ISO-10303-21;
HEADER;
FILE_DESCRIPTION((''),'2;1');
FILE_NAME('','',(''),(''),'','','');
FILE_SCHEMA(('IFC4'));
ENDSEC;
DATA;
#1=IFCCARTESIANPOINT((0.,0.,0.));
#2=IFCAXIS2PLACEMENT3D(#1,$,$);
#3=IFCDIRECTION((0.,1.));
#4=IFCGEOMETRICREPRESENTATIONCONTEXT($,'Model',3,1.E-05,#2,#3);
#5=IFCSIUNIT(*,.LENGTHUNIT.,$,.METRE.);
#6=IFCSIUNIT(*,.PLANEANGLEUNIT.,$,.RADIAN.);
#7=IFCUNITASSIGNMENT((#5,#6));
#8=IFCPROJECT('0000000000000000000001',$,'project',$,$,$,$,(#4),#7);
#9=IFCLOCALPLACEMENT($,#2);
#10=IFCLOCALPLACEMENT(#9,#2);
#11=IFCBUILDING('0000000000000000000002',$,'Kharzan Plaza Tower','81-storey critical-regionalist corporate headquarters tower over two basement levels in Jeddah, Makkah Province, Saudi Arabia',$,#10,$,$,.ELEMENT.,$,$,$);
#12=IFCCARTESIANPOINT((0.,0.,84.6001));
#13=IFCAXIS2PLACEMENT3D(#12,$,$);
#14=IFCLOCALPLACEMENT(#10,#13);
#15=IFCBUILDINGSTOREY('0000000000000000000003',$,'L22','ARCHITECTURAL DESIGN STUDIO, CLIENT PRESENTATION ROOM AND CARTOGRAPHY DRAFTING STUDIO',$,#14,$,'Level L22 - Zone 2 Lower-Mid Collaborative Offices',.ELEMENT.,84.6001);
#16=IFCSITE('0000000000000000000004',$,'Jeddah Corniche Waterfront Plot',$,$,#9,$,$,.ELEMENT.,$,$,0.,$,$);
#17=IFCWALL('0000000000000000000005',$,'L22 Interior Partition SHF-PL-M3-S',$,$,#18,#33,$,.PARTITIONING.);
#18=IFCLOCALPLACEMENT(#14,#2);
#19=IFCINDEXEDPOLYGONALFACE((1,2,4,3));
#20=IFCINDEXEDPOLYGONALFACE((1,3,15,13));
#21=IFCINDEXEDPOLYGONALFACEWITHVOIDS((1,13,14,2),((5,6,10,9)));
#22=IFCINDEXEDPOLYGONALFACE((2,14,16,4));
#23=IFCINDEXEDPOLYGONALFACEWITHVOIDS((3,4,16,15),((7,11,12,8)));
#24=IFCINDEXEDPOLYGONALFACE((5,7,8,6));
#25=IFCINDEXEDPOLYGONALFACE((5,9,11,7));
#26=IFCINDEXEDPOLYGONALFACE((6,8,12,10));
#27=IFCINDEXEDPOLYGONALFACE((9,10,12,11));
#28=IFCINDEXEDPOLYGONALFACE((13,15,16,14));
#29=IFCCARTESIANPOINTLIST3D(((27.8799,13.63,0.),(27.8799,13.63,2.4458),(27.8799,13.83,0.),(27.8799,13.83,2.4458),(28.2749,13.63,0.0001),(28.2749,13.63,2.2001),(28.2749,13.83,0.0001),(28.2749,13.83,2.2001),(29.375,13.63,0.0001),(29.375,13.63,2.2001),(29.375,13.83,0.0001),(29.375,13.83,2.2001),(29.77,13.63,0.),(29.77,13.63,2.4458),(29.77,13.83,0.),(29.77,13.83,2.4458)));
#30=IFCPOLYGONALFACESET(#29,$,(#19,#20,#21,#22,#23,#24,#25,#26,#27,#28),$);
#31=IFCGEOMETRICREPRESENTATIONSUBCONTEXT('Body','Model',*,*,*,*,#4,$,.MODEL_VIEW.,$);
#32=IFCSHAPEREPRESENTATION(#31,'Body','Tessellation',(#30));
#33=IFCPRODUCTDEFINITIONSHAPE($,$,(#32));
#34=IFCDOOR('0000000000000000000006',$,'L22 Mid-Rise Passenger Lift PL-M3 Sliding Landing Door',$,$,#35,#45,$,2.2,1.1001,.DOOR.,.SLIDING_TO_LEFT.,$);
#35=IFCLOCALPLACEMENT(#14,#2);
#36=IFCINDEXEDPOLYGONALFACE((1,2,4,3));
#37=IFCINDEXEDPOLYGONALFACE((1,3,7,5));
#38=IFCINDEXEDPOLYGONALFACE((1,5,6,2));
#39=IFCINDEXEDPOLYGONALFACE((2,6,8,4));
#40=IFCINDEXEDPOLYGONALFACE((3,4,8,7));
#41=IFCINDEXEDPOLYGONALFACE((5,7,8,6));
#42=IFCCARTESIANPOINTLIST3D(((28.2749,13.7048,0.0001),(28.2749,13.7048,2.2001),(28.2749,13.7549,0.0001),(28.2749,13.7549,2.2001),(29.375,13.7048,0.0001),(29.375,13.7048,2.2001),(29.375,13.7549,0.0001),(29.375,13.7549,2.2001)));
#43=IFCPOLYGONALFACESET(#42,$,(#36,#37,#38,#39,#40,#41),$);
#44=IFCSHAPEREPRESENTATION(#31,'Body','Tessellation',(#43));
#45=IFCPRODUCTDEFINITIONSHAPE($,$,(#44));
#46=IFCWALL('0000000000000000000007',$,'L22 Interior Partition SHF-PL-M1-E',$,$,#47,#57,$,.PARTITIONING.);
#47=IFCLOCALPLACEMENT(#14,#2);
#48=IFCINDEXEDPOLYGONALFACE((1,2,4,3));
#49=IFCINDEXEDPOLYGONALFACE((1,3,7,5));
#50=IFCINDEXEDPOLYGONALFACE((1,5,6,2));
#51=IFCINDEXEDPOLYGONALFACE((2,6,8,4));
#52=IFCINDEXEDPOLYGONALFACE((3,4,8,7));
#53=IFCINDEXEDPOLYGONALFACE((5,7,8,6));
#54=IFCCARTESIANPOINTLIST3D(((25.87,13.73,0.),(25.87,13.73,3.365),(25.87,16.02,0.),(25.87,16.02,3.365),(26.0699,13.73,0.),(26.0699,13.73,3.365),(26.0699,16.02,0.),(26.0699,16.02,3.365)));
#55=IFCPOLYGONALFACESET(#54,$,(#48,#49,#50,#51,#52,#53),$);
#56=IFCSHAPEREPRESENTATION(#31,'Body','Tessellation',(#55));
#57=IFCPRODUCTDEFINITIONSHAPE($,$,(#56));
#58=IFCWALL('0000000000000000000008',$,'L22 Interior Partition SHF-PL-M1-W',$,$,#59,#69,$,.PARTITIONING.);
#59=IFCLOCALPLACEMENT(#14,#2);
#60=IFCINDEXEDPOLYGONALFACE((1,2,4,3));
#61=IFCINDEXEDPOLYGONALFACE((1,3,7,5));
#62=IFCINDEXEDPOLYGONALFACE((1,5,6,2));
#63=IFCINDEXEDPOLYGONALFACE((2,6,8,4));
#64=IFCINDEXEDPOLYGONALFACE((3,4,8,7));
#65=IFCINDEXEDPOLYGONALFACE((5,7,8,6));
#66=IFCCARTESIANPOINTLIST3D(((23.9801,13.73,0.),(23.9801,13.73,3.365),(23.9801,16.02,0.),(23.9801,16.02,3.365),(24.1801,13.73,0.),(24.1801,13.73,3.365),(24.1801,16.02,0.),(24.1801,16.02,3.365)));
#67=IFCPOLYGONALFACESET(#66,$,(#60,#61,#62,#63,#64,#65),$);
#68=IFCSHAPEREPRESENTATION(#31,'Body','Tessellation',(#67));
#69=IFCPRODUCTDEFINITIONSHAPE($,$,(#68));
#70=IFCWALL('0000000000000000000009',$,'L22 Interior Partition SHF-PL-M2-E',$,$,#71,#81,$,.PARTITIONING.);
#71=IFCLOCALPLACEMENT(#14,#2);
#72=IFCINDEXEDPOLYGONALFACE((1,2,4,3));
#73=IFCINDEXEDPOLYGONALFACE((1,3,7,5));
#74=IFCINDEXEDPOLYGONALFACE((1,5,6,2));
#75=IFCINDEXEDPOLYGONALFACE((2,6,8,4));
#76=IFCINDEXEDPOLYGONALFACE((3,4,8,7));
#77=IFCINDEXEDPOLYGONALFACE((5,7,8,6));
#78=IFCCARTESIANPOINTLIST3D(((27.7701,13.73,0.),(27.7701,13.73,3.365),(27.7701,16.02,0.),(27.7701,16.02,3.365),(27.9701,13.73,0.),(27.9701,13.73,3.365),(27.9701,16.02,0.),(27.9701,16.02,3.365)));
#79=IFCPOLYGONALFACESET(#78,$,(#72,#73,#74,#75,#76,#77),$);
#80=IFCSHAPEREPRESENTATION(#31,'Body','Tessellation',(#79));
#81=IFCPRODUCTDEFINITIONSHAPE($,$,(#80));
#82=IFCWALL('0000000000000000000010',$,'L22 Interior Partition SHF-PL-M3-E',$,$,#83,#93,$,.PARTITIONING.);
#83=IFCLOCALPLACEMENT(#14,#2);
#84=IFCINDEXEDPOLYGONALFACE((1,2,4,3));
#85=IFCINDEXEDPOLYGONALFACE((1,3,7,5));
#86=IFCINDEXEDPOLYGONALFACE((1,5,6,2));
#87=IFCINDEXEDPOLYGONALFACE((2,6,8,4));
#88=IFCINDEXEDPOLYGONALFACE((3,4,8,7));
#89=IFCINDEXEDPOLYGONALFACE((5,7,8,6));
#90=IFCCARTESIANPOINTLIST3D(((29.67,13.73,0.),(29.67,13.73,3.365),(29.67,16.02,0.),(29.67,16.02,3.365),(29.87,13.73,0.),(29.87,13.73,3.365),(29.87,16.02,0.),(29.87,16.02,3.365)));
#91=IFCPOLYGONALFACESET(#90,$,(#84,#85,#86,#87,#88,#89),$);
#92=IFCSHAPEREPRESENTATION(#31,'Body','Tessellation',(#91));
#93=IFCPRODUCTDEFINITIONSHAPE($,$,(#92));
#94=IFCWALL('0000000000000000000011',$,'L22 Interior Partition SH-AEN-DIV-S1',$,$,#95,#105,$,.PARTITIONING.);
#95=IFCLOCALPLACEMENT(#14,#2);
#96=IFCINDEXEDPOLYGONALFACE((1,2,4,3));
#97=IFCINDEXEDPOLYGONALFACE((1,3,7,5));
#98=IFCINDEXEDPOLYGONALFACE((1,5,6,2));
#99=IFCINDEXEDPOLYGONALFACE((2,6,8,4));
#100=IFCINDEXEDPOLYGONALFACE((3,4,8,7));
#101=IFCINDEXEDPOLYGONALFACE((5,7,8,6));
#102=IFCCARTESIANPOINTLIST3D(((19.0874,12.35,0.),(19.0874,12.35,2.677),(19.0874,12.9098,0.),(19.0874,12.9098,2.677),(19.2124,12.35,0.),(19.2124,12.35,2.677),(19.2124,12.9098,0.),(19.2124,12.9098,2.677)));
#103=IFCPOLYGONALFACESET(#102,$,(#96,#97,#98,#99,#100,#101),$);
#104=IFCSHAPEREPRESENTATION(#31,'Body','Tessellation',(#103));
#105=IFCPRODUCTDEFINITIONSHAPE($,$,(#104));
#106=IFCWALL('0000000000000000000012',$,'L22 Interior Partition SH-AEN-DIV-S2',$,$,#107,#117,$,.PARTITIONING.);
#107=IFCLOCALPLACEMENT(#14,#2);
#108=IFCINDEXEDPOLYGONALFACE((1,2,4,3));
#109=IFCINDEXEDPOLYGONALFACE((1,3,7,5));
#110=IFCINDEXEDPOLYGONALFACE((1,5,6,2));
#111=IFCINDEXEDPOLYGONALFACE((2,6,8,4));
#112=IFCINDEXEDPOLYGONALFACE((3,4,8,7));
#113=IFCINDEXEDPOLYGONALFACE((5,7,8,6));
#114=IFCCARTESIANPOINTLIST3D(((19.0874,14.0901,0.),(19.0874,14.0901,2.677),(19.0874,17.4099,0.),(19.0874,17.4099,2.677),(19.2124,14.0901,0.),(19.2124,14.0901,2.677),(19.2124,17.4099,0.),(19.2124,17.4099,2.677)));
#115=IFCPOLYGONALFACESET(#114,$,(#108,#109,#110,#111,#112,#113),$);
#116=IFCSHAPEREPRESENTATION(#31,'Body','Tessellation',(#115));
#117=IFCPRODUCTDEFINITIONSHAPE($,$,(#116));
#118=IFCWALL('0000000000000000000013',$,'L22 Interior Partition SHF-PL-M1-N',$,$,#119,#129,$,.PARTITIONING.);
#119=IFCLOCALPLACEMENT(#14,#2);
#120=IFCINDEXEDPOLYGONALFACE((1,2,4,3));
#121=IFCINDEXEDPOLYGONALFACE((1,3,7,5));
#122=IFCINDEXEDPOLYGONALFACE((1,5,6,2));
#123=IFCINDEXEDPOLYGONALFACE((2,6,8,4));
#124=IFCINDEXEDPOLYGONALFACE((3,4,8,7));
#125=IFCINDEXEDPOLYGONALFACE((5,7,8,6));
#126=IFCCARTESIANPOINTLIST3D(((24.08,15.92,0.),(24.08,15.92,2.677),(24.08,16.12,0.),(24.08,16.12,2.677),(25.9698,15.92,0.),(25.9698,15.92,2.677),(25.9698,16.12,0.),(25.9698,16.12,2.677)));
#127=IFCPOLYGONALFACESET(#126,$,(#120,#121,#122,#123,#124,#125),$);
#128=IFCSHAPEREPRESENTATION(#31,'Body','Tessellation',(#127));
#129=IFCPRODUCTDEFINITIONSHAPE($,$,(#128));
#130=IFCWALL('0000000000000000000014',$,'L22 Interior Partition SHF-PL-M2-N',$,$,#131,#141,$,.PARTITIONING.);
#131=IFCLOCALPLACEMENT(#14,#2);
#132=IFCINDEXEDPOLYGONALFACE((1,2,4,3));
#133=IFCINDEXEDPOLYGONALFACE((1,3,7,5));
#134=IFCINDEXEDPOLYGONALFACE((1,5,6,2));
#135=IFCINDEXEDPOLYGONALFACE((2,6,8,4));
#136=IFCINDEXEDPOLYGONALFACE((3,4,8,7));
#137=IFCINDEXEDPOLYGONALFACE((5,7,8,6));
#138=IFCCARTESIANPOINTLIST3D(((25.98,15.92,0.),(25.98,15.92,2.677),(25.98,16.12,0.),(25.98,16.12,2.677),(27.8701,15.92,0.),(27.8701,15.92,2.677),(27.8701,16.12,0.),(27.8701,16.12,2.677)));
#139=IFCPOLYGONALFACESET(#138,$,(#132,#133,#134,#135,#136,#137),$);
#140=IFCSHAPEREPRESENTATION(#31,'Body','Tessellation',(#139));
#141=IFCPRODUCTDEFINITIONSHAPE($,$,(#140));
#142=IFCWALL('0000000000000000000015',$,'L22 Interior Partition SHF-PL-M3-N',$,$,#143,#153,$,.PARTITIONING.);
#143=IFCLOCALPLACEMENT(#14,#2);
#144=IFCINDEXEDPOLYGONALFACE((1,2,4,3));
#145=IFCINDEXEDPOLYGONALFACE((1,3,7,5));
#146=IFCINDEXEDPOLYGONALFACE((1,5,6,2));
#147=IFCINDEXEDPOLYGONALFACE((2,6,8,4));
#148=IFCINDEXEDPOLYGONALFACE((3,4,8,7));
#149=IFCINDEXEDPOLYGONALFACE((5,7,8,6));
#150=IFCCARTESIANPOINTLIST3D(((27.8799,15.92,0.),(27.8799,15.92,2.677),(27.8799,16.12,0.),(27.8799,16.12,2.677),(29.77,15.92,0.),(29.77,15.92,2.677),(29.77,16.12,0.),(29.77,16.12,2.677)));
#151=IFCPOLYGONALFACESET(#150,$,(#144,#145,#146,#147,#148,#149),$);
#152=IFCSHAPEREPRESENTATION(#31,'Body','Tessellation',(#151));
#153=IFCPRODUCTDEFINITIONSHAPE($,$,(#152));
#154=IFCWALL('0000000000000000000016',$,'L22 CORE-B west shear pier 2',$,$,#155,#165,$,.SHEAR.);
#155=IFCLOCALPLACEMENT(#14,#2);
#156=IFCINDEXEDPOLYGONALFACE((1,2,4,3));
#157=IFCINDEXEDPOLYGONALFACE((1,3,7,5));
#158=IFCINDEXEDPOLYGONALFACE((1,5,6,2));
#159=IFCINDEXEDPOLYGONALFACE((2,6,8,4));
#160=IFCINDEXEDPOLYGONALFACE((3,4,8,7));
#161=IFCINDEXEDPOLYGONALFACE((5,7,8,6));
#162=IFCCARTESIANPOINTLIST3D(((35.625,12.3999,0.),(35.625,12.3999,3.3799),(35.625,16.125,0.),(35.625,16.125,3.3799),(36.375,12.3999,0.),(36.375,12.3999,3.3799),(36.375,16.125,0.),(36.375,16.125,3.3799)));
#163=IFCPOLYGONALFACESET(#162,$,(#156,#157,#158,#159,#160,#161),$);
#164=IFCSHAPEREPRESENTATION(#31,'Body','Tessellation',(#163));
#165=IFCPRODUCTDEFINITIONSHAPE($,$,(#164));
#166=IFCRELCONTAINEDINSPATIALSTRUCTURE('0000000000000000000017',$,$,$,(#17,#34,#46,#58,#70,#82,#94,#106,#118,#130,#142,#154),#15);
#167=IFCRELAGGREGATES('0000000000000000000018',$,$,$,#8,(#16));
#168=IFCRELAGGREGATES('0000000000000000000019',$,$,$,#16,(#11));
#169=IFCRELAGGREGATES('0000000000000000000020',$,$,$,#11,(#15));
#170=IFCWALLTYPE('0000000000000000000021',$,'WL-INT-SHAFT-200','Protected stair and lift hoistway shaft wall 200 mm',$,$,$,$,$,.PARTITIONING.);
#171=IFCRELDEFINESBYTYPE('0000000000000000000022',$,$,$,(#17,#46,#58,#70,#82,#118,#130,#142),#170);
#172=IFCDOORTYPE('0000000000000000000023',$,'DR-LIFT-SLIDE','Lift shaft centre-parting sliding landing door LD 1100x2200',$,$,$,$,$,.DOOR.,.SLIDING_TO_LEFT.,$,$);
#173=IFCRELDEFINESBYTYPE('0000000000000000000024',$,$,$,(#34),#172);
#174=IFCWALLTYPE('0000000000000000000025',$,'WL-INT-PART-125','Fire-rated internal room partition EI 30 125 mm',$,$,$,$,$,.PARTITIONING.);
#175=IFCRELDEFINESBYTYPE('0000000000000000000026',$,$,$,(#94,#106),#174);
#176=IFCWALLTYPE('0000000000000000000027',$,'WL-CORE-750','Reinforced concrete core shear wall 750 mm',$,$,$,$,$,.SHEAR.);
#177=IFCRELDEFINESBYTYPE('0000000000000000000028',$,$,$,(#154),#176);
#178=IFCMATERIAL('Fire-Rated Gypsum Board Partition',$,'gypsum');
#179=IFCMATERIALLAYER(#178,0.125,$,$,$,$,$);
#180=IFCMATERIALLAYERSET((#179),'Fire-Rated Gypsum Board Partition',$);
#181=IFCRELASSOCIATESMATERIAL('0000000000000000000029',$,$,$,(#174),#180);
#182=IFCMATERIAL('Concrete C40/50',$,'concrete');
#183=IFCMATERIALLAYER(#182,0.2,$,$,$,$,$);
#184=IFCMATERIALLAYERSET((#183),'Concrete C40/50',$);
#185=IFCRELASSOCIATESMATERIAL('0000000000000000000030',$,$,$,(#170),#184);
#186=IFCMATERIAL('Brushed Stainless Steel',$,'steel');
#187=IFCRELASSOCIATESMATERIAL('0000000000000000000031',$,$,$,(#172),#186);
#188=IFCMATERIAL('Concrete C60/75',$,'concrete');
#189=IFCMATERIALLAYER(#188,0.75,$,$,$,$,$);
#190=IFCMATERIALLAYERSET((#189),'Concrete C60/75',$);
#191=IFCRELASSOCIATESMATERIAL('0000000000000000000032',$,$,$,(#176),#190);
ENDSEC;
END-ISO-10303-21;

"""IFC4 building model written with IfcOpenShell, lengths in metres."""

from ifc_helpers import new_model, si_unit, direction, frame, frame_2d, origin, place, context, subcontext, project, spatial, rectangle, extrude, source, transform, mapped, material, layer, layer_set, type_object, element, fill, save


model = new_model("IFC4")

# Units and contexts
model_context = context("Model", 3, precision=1e-05, world=origin(), true_north=direction((0.0, 1.0)))
body_context = subcontext(model_context, "Body", "Model", "MODEL_VIEW")
ifc_project = project(units=[si_unit("LENGTHUNIT", "METRE"), si_unit("PLANEANGLEUNIT", "RADIAN")], contexts=[model_context])

# Site, building, storey
site_placement = place(None, origin())
site = spatial("IfcSite", under=ifc_project, at=site_placement, Name="Jeddah Corniche Waterfront Plot", CompositionType="ELEMENT", RefElevation=0.0)
building_placement = place(site_placement, origin())
building = spatial("IfcBuilding", under=site, at=building_placement, Name="Kharzan Plaza Tower", Description="81-storey critical-regionalist corporate headquarters tower over two basement levels in Jeddah, Makkah Province, Saudi Arabia", CompositionType="ELEMENT")
storey_placement = place(building_placement, frame((0.0, 0.0, 84.6001)))
storey = spatial("IfcBuildingStorey", under=building, at=storey_placement, Name="L22", Description="ARCHITECTURAL DESIGN STUDIO, CLIENT PRESENTATION ROOM AND CARTOGRAPHY DRAFTING STUDIO", LongName="Level L22 - Zone 2 Lower-Mid Collaborative Offices", CompositionType="ELEMENT", Elevation=84.6001)

# Shared definitions
ifc_material_1 = material(Name="Concrete C60/75", Category="concrete")

# Wall, opening, door
ifc_material_2 = material(Name="Fire-Rated Gypsum Board Partition", Category="gypsum")
ifc_layer_1 = layer(ifc_material_2, 0.125)
ifc_layer_set_1 = layer_set([ifc_layer_1], Name="Fire-Rated Gypsum Board Partition")
wall_type_1 = type_object("IfcWallType", Name="WL-INT-PART-125", Description="Fire-rated internal room partition EI 30 125 mm", PredefinedType="PARTITIONING", material=ifc_layer_set_1)
ifc_material_3 = material(Name="Concrete C40/50", Category="concrete")
ifc_layer_2 = layer(ifc_material_3, 0.2)
ifc_layer_set_2 = layer_set([ifc_layer_2], Name="Concrete C40/50")
wall_type_2 = type_object("IfcWallType", Name="WL-INT-SHAFT-200", Description="Protected stair and lift hoistway shaft wall 200 mm", PredefinedType="PARTITIONING", material=ifc_layer_set_2)
ifc_material_4 = material(Name="Brushed Stainless Steel", Category="steel")
door_type_1 = type_object("IfcDoorType", Name="DR-LIFT-SLIDE", Description="Lift shaft centre-parting sliding landing door LD 1100x2200", OperationType="SLIDING_TO_LEFT", PredefinedType="DOOR", material=ifc_material_4)
shared_shape_1 = source(origin(), body_context, "Body", "SweptSolid", [
    extrude(rectangle(XDim=1.1001, YDim=2.2, at=frame_2d((0.55, 1.1001))), frame((0.0, 0.0249, 0.0), z_axis=(0.0, -1.0, 0.0), x_axis=(1.0, 0.0, 0.0)), (0.0, 0.0, 1.0), 0.05),
])
wall_1_placement = place(storey_placement, frame((27.8799, 13.73, 0.0), z_axis=(0.0, 0.0, 1.0), x_axis=(1.0, 0.0, 0.0)))
wall_1 = element("IfcWall", 1, at=wall_1_placement, inside=storey, type_object=wall_type_2, Name="L22 Interior Partition SHF-PL-M3-S", PredefinedType="PARTITIONING", context=body_context, shape_type="SweptSolid", body=[
    extrude(rectangle(XDim=1.8901, YDim=0.2, at=frame_2d((0.9451, 0.0))), origin(), (0.0, 0.0, 1.0), 2.4458),
])
opening_1_placement = place(wall_1_placement, frame((0.395, 0.0, 0.0)))
opening_1 = element("IfcOpeningElement", 2, at=opening_1_placement, cuts=wall_1, PredefinedType="OPENING", context=body_context, shape_type="SweptSolid", body=[
    extrude(rectangle(XDim=1.1001, YDim=2.2, at=frame_2d((0.55, 1.1001))), frame((0.0, 0.1099, 0.0), z_axis=(0.0, -1.0, 0.0), x_axis=(1.0, 0.0, 0.0)), (0.0, 0.0, 1.0), 0.22),
])
door_1_placement = place(opening_1_placement, origin())
door_1 = element("IfcDoor", 3, at=door_1_placement, inside=storey, type_object=door_type_1, Name="L22 Mid-Rise Passenger Lift PL-M3 Sliding Landing Door", OperationType="SLIDING_TO_LEFT", OverallHeight=2.2, OverallWidth=1.1001, PredefinedType="DOOR", context=body_context, shape_type="MappedRepresentation", body=[
    mapped(shared_shape_1, transform((0.0, 0.0, 0.0), x_axis=(1.0, 0.0, 0.0), y_axis=(0.0, 1.0, 0.0), z_axis=(0.0, 0.0, 1.0))),
])
fill(opening_1, door_1)

# Walls
shared_shape_2 = source(origin(), body_context, "Body", "SweptSolid", [
    extrude(rectangle(XDim=2.29, YDim=0.2, at=frame_2d((1.145, 0.0))), origin(), (0.0, 0.0, 1.0), 3.365),
])
for number, where, z_axis, x_axis, name in (
    (4, (25.97, 13.73, 0.0), (0.0, 0.0, 1.0), (0.0, 1.0, 0.0), "L22 Interior Partition SHF-PL-M1-E"),
    (5, (24.0801, 13.73, 0.0), (0.0, 0.0, 1.0), (0.0, 1.0, 0.0), "L22 Interior Partition SHF-PL-M1-W"),
    (6, (27.8701, 13.73, 0.0), (0.0, 0.0, 1.0), (0.0, 1.0, 0.0), "L22 Interior Partition SHF-PL-M2-E"),
    (7, (29.77, 13.73, 0.0), (0.0, 0.0, 1.0), (0.0, 1.0, 0.0), "L22 Interior Partition SHF-PL-M3-E"),
):
    element("IfcWall", number, at=place(storey_placement, frame(where, z_axis=z_axis, x_axis=x_axis)), inside=storey, type_object=wall_type_2, Name=name, PredefinedType="PARTITIONING", context=body_context, shape_type="MappedRepresentation", body=[
        mapped(shared_shape_2, transform((0.0, 0.0, 0.0), x_axis=(1.0, 0.0, 0.0), y_axis=(0.0, 1.0, 0.0), z_axis=(0.0, 0.0, 1.0))),
    ])
shared_shape_3 = source(origin(), body_context, "Body", "SweptSolid", [
    extrude(rectangle(XDim=0.5598, YDim=0.125, at=frame_2d((0.2798, 0.0))), origin(), (0.0, 0.0, 1.0), 2.677),
])
wall_2_placement = place(storey_placement, frame((19.1499, 12.3501, 0.0), z_axis=(0.0, 0.0, 1.0), x_axis=(0.0, 1.0, 0.0)))
element("IfcWall", 8, at=wall_2_placement, inside=storey, type_object=wall_type_1, Name="L22 Interior Partition SH-AEN-DIV-S1", PredefinedType="PARTITIONING", context=body_context, shape_type="MappedRepresentation", body=[
    mapped(shared_shape_3, transform((0.0, 0.0, 0.0), x_axis=(1.0, 0.0, 0.0), y_axis=(0.0, 1.0, 0.0), z_axis=(0.0, 0.0, 1.0))),
])
shared_shape_4 = source(origin(), body_context, "Body", "SweptSolid", [
    extrude(rectangle(XDim=3.3198, YDim=0.125, at=frame_2d((1.6599, 0.0))), origin(), (0.0, 0.0, 1.0), 2.677),
])
wall_3_placement = place(storey_placement, frame((19.1499, 14.0901, 0.0), z_axis=(0.0, 0.0, 1.0), x_axis=(0.0, 1.0, 0.0)))
element("IfcWall", 9, at=wall_3_placement, inside=storey, type_object=wall_type_1, Name="L22 Interior Partition SH-AEN-DIV-S2", PredefinedType="PARTITIONING", context=body_context, shape_type="MappedRepresentation", body=[
    mapped(shared_shape_4, transform((0.0, 0.0, 0.0), x_axis=(1.0, 0.0, 0.0), y_axis=(0.0, 1.0, 0.0), z_axis=(0.0, 0.0, 1.0))),
])
shared_shape_5 = source(origin(), body_context, "Body", "SweptSolid", [
    extrude(rectangle(XDim=1.8899, YDim=0.2, at=frame_2d((0.9448, 0.0))), origin(), (0.0, 0.0, 1.0), 2.677),
])
wall_4_placement = place(storey_placement, frame((24.0801, 16.02, 0.0), z_axis=(0.0, 0.0, 1.0), x_axis=(1.0, 0.0, 0.0)))
element("IfcWall", 10, at=wall_4_placement, inside=storey, type_object=wall_type_2, Name="L22 Interior Partition SHF-PL-M1-N", PredefinedType="PARTITIONING", context=body_context, shape_type="MappedRepresentation", body=[
    mapped(shared_shape_5, transform((0.0, 0.0, 0.0), x_axis=(1.0, 0.0, 0.0), y_axis=(0.0, 1.0, 0.0), z_axis=(0.0, 0.0, 1.0))),
])
shared_shape_6 = source(origin(), body_context, "Body", "SweptSolid", [
    extrude(rectangle(XDim=1.8901, YDim=0.2, at=frame_2d((0.9451, 0.0))), origin(), (0.0, 0.0, 1.0), 2.677),
])
for number, where, z_axis, x_axis, name in (
    (11, (25.98, 16.02, 0.0), (0.0, 0.0, 1.0), (1.0, 0.0, 0.0), "L22 Interior Partition SHF-PL-M2-N"),
    (12, (27.8799, 16.02, 0.0), (0.0, 0.0, 1.0), (1.0, 0.0, 0.0), "L22 Interior Partition SHF-PL-M3-N"),
):
    element("IfcWall", number, at=place(storey_placement, frame(where, z_axis=z_axis, x_axis=x_axis)), inside=storey, type_object=wall_type_2, Name=name, PredefinedType="PARTITIONING", context=body_context, shape_type="MappedRepresentation", body=[
        mapped(shared_shape_6, transform((0.0, 0.0, 0.0), x_axis=(1.0, 0.0, 0.0), y_axis=(0.0, 1.0, 0.0), z_axis=(0.0, 0.0, 1.0))),
    ])
ifc_layer_3 = layer(ifc_material_1, 0.75)
ifc_layer_set_3 = layer_set([ifc_layer_3], Name="Concrete C60/75")
wall_type_3 = type_object("IfcWallType", Name="WL-CORE-750", Description="Reinforced concrete core shear wall 750 mm", PredefinedType="SHEAR", material=ifc_layer_set_3)
shared_shape_7 = source(origin(), body_context, "Body", "SweptSolid", [
    extrude(rectangle(XDim=3.7251, YDim=0.75, at=frame_2d((1.8625, 0.0))), origin(), (0.0, 0.0, 1.0), 3.3799),
])
wall_5_placement = place(storey_placement, frame((36.0, 12.3999, 0.0), z_axis=(0.0, 0.0, 1.0), x_axis=(0.0, 1.0, 0.0)))
element("IfcWall", 13, at=wall_5_placement, inside=storey, type_object=wall_type_3, Name="L22 CORE-B west shear pier 2", PredefinedType="SHEAR", context=body_context, shape_type="MappedRepresentation", body=[
    mapped(shared_shape_7, transform((0.0, 0.0, 0.0), x_axis=(1.0, 0.0, 0.0), y_axis=(0.0, 1.0, 0.0), z_axis=(0.0, 0.0, 1.0))),
])

save(model, "model.ifc")
